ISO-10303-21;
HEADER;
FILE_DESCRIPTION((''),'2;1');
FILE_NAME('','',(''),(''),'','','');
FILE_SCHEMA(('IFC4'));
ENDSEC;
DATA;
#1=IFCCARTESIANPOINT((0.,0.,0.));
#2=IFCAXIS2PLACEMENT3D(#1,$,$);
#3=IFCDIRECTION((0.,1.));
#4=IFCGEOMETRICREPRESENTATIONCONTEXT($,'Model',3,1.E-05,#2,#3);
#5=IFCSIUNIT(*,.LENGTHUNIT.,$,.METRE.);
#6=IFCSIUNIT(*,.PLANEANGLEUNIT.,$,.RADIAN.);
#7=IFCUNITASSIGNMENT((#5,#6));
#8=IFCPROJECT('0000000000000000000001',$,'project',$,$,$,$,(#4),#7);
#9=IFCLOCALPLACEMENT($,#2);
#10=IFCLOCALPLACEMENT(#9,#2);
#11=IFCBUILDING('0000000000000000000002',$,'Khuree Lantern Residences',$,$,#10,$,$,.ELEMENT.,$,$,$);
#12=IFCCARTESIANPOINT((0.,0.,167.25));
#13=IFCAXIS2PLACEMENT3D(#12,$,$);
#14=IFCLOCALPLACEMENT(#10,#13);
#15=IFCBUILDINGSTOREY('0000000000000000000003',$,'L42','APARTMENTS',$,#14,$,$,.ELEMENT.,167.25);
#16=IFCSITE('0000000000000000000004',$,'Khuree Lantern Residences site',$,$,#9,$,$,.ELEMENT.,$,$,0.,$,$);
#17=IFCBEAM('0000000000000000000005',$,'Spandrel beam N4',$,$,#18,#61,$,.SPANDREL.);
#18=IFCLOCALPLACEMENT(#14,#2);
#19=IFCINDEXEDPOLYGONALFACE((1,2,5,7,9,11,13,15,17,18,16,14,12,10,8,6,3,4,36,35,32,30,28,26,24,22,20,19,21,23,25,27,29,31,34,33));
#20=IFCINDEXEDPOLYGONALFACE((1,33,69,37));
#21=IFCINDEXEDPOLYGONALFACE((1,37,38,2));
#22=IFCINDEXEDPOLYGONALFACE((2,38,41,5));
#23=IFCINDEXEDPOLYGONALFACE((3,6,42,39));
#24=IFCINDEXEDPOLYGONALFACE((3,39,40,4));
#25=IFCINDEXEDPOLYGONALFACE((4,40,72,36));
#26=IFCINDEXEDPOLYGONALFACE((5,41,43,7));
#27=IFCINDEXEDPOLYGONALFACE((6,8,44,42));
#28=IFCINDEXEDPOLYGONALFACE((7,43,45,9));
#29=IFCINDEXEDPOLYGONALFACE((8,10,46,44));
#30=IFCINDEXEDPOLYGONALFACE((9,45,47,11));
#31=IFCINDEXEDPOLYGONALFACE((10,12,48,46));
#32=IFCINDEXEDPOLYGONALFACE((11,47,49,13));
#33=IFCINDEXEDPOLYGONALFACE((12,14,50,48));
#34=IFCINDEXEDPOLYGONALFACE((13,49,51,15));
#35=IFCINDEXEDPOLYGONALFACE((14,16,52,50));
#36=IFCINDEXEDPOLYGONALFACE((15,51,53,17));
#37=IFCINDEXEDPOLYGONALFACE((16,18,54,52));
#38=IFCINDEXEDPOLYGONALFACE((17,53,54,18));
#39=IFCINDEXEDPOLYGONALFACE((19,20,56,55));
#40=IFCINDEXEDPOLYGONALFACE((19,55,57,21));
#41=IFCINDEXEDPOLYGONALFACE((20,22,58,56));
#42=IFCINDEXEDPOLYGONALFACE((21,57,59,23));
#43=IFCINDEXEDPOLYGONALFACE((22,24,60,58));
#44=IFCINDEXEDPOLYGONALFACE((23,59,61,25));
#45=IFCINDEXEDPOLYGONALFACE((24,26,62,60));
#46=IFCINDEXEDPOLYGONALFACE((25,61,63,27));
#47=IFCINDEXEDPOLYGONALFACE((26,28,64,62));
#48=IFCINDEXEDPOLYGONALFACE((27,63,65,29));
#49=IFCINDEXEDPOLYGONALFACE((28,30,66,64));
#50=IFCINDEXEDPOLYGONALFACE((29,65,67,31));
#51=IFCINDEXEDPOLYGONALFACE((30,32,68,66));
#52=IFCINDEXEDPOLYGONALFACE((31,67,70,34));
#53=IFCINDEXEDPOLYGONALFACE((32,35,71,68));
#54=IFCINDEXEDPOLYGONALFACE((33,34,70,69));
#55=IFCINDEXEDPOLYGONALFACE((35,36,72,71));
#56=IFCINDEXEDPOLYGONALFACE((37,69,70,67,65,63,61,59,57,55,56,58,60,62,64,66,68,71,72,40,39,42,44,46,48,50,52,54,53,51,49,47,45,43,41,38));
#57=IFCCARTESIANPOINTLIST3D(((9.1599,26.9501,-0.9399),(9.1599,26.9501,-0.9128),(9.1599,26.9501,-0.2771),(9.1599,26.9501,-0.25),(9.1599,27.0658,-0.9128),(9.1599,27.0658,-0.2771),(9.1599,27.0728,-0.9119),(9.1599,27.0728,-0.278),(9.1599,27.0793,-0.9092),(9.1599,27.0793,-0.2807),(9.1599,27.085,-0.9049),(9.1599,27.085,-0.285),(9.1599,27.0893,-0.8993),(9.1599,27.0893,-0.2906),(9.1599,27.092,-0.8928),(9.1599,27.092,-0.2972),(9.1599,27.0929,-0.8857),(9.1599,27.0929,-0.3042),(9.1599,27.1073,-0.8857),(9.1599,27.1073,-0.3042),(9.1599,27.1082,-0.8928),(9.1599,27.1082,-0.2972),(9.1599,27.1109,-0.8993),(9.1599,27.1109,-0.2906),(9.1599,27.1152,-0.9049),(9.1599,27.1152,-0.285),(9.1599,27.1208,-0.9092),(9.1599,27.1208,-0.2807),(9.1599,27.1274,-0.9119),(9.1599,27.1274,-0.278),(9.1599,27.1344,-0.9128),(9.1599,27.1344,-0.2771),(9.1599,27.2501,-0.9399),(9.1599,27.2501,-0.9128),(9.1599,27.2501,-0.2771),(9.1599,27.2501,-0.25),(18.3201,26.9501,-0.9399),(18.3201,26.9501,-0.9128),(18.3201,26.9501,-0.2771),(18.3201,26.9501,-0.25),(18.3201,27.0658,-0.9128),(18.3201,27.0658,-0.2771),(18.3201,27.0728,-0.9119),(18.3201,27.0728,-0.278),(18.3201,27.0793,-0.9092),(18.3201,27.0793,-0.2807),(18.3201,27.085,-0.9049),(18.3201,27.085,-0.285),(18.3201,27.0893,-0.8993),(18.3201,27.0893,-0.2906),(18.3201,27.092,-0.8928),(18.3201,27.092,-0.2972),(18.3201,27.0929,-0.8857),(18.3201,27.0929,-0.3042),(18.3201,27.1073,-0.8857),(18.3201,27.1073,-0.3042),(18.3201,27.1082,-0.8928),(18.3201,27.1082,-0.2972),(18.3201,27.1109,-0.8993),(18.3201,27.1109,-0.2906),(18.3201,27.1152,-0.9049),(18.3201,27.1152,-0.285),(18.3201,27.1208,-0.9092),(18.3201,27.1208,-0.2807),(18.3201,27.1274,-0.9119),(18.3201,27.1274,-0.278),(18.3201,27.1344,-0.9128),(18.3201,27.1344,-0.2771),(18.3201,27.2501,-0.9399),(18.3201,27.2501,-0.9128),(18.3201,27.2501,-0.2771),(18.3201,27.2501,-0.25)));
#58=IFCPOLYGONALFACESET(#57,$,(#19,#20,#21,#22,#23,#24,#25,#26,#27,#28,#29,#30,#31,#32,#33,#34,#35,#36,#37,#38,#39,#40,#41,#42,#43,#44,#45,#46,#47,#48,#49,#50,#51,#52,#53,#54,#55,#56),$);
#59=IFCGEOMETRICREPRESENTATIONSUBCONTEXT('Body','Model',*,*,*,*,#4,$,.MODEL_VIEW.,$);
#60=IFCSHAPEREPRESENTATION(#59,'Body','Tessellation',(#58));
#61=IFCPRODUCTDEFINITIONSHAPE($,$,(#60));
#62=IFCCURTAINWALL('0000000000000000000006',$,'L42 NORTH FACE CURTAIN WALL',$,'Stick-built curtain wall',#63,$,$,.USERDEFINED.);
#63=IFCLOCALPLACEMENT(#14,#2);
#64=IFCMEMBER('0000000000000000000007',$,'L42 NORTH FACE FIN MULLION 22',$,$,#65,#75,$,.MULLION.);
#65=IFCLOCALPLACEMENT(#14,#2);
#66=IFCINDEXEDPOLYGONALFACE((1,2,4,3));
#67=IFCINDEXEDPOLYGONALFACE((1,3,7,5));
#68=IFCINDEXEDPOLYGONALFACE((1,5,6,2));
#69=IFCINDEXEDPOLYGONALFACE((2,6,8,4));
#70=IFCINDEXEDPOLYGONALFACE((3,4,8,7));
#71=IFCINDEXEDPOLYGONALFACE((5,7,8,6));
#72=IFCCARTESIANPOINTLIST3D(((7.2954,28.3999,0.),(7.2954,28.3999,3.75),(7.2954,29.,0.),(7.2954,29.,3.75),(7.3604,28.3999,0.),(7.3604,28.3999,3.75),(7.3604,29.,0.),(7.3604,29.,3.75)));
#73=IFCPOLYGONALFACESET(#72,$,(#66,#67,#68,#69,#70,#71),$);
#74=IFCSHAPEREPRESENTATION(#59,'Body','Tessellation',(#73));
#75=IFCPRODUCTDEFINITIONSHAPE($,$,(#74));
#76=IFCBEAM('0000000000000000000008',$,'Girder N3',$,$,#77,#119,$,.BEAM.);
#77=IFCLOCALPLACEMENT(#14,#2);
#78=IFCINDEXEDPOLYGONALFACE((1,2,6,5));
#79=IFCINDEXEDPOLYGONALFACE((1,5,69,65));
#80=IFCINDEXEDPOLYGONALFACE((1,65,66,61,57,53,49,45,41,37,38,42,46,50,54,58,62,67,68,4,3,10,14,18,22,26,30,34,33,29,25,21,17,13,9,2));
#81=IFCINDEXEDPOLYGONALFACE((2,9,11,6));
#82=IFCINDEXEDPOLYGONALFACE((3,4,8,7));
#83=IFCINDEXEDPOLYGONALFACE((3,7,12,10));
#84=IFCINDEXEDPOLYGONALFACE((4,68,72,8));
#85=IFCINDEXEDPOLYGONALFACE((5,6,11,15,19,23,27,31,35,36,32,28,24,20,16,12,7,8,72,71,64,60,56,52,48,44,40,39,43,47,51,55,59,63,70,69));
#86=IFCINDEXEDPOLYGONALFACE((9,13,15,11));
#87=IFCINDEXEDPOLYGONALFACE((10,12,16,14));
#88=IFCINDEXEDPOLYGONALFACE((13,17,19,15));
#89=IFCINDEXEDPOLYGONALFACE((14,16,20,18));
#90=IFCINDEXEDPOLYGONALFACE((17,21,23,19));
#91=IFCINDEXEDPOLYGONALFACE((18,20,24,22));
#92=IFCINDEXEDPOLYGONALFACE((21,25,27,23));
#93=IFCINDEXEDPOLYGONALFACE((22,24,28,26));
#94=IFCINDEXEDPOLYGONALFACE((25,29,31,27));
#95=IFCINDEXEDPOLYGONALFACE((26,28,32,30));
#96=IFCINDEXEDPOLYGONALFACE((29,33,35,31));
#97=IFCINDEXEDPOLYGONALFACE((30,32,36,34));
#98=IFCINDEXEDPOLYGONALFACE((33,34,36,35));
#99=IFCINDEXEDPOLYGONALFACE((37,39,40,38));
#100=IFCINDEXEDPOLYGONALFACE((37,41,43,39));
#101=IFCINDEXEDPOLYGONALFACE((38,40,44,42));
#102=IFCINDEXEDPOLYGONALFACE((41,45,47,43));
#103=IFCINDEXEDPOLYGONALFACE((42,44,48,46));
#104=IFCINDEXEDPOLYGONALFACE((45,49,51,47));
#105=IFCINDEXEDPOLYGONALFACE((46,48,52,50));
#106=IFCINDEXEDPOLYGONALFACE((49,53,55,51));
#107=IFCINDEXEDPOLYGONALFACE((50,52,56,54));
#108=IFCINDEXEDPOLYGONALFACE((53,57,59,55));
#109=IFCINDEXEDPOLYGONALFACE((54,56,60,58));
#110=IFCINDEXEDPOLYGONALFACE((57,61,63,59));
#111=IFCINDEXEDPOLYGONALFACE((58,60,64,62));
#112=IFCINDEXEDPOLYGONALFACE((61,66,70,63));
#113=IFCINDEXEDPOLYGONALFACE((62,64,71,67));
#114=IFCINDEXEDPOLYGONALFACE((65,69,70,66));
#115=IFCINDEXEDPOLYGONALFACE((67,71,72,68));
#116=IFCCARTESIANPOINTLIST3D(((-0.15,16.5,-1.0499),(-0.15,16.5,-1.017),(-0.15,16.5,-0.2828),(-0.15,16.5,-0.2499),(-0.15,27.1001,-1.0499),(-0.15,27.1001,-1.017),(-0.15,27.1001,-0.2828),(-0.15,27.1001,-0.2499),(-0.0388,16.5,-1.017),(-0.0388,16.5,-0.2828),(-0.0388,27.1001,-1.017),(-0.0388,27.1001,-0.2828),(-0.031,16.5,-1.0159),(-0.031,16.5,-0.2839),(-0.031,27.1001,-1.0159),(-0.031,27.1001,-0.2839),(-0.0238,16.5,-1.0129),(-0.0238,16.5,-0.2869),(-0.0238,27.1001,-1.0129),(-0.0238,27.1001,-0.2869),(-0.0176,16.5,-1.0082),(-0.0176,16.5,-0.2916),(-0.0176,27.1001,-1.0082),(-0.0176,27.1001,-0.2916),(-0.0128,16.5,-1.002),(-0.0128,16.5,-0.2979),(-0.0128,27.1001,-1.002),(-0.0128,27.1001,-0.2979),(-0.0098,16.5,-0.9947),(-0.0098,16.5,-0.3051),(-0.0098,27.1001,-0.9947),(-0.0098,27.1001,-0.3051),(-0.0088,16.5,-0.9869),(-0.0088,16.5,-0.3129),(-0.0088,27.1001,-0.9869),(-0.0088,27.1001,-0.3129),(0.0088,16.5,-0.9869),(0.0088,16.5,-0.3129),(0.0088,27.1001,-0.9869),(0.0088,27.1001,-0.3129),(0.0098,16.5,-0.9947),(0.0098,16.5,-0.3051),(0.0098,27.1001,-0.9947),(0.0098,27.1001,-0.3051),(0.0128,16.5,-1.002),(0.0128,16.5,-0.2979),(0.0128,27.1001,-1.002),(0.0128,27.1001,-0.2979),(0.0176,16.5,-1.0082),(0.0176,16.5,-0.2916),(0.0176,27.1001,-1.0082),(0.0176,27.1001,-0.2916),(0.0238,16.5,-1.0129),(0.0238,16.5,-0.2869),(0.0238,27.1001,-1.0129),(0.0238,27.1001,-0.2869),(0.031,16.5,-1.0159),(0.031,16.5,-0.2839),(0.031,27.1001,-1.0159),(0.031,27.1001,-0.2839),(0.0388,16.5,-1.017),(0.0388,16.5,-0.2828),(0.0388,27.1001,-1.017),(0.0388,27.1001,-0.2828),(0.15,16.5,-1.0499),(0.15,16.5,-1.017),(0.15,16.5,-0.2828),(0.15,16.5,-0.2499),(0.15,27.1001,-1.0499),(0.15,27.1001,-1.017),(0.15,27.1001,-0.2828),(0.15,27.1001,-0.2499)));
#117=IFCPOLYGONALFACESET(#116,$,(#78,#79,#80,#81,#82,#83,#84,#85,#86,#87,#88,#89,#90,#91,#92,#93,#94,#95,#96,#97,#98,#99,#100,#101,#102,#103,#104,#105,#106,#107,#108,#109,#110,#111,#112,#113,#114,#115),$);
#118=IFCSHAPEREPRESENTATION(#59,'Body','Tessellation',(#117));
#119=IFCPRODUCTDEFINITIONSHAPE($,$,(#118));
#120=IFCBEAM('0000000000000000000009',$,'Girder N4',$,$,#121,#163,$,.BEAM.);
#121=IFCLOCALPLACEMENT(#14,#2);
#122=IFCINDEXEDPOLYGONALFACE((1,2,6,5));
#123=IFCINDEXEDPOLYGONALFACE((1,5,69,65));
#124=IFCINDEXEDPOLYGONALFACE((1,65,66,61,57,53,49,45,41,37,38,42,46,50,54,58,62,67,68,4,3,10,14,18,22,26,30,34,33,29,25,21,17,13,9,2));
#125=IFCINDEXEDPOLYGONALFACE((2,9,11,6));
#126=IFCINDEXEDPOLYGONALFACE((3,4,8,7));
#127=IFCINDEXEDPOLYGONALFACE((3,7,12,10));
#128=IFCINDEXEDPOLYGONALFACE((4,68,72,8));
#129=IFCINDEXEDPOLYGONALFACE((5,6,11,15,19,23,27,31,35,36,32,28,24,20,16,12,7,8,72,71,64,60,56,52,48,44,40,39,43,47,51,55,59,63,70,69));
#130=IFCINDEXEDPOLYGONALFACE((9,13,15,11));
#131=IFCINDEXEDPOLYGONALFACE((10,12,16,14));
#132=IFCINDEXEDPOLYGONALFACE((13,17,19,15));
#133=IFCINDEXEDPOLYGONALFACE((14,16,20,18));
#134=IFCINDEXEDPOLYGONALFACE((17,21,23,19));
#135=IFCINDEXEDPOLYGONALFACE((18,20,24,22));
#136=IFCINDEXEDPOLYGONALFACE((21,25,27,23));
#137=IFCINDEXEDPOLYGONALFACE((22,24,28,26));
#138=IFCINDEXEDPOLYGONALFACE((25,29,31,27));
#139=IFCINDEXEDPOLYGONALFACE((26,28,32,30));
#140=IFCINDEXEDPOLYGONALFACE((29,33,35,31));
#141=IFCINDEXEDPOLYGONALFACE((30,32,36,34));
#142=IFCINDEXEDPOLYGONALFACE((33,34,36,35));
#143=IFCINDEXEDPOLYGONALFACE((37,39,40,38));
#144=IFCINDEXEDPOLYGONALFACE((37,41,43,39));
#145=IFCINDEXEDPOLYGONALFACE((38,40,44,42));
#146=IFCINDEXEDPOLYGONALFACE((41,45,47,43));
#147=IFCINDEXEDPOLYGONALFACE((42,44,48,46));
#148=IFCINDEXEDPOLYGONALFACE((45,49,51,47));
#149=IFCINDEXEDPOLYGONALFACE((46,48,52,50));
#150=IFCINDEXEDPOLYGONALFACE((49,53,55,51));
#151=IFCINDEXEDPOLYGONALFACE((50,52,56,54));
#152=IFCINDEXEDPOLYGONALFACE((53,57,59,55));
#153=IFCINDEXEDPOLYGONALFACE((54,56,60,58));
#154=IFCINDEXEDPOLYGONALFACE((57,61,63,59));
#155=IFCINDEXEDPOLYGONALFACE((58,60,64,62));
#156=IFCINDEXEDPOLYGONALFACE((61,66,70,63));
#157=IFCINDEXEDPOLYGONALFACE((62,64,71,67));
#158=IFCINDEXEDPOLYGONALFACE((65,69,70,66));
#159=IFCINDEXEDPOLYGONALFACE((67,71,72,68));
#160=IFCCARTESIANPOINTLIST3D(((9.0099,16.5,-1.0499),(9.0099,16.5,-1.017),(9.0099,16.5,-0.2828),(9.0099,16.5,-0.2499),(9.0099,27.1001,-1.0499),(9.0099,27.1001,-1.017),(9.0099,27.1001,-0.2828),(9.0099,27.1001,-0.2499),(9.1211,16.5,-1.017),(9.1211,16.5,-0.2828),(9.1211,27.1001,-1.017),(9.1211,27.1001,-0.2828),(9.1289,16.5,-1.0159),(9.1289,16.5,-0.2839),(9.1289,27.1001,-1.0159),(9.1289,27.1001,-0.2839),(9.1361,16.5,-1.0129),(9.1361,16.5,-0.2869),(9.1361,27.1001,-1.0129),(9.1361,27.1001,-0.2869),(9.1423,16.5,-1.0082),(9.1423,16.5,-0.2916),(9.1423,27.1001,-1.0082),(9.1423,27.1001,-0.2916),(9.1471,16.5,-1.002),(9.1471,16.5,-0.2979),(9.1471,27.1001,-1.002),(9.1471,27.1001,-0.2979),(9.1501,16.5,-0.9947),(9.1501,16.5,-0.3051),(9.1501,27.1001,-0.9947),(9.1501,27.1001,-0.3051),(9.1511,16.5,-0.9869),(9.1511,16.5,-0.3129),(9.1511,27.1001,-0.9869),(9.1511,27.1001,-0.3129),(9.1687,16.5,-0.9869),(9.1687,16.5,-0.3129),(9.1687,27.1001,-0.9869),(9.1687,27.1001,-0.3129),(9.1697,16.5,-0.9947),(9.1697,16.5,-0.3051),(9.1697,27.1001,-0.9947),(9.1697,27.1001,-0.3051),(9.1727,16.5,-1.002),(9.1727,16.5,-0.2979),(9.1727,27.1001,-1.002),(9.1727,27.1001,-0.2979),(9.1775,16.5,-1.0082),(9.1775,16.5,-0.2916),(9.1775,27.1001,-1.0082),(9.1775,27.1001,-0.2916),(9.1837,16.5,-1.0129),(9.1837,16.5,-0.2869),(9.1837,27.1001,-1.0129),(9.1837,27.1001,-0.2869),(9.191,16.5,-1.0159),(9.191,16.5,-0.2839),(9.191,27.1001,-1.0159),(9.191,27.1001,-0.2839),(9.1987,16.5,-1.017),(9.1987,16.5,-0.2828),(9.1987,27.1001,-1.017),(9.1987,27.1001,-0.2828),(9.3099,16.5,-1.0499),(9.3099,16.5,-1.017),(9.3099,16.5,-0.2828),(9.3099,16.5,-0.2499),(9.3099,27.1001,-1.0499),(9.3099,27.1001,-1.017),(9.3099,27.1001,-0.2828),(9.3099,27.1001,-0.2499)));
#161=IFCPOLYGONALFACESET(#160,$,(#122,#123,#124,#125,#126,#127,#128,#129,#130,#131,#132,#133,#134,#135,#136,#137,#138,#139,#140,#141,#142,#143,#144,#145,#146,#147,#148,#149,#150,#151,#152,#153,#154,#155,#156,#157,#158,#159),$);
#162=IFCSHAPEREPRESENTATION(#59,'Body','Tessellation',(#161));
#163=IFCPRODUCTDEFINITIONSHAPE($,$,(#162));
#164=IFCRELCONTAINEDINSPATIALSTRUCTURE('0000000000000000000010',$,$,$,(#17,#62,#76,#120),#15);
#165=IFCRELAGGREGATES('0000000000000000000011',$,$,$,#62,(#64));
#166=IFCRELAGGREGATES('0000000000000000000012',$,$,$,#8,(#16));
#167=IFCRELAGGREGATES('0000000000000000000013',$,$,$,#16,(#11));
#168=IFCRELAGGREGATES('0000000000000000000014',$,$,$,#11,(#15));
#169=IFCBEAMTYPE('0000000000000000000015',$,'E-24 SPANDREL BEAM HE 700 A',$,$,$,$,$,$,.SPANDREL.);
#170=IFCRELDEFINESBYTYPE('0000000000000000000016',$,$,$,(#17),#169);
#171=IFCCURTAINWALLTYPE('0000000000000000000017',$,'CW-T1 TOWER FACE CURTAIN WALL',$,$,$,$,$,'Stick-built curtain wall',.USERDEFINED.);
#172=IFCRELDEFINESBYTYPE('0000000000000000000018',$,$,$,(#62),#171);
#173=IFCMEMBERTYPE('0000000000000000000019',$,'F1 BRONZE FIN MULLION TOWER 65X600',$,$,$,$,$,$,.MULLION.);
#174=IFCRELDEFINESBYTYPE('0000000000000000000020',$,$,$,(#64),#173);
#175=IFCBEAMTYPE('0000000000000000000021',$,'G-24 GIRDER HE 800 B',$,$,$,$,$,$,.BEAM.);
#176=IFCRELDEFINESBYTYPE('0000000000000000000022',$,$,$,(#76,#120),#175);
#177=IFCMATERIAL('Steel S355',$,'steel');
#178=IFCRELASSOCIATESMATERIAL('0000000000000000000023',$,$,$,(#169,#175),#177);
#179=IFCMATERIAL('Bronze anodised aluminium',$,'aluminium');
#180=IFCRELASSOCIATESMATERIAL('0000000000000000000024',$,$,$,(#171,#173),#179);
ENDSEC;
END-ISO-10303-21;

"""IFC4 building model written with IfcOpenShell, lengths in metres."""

from ifc_helpers import new_model, si_unit, direction, frame, origin, origin_2d, place, context, subcontext, project, spatial, rectangle, i_section, extrude, material, material_profile, profile_set, type_object, element, aggregate, save


model = new_model("IFC4")

# Units and contexts
model_context = context("Model", 3, precision=1e-05, world=origin(), true_north=direction((0.0, 1.0)))
body_context = subcontext(model_context, "Body", "Model", "MODEL_VIEW")
ifc_project = project(units=[si_unit("LENGTHUNIT", "METRE"), si_unit("PLANEANGLEUNIT", "RADIAN")], contexts=[model_context])

# Site, building, storey
site_placement = place(None, origin())
site = spatial("IfcSite", under=ifc_project, at=site_placement, Name="Khuree Lantern Residences site", CompositionType="ELEMENT", RefElevation=0.0)
building_placement = place(site_placement, origin())
building = spatial("IfcBuilding", under=site, at=building_placement, Name="Khuree Lantern Residences", CompositionType="ELEMENT")
storey_placement = place(building_placement, frame((0.0, 0.0, 167.25)))
storey = spatial("IfcBuildingStorey", under=building, at=storey_placement, Name="L42", Description="APARTMENTS", CompositionType="ELEMENT", Elevation=167.25)

# Beam
ifc_material_1 = material(Name="Steel S355", Category="steel")
ifc_material_profile_1 = material_profile(ifc_material_1, i_section(OverallWidth=0.3, OverallDepth=0.6899, WebThickness=0.0144, FlangeThickness=0.0271, FilletRadius=0.0271, at=origin_2d()), Name="HE 700 A")
ifc_profile_set_1 = profile_set([ifc_material_profile_1], Name="Steel S355")
beam_type_1 = type_object("IfcBeamType", Name="E-24 SPANDREL BEAM HE 700 A", PredefinedType="SPANDREL", material=ifc_profile_set_1)
beam_1_placement = place(storey_placement, frame((9.1599, 27.1001, -0.595), z_axis=(1.0, 0.0, 0.0), x_axis=(0.0, 1.0, 0.0)))
element("IfcBeam", 1, at=beam_1_placement, inside=storey, type_object=beam_type_1, Name="Spandrel beam N4", PredefinedType="SPANDREL", context=body_context, shape_type="SweptSolid", body=[
    extrude(i_section(OverallWidth=0.3, OverallDepth=0.6899, WebThickness=0.0144, FlangeThickness=0.0271, FilletRadius=0.0271, at=origin_2d()), origin(), (0.0, 0.0, 1.0), 9.1602),
])

# Curtain wall, member
ifc_material_2 = material(Name="Bronze anodised aluminium", Category="aluminium")
curtain_wall_type = type_object("IfcCurtainWallType", Name="CW-T1 TOWER FACE CURTAIN WALL", ElementType="Stick-built curtain wall", PredefinedType="USERDEFINED", material=ifc_material_2)
curtain_wall_placement = place(storey_placement, origin())
curtain_wall = element("IfcCurtainWall", 2, at=curtain_wall_placement, inside=storey, type_object=curtain_wall_type, Name="L42 NORTH FACE CURTAIN WALL", ObjectType="Stick-built curtain wall", PredefinedType="USERDEFINED")
ifc_material_profile_2 = material_profile(ifc_material_2, rectangle(XDim=0.0649, YDim=0.6001, at=origin_2d()), Name="F1 65X600")
ifc_profile_set_2 = profile_set([ifc_material_profile_2], Name="Bronze anodised aluminium")
member_type_1 = type_object("IfcMemberType", Name="F1 BRONZE FIN MULLION TOWER 65X600", PredefinedType="MULLION", material=ifc_profile_set_2)
member_1_placement = place(storey_placement, frame((7.3279, 28.7, 0.0), z_axis=(0.0, 0.0, 1.0), x_axis=(-1.0, 0.0, 0.0)))
member_1 = element("IfcMember", 3, at=member_1_placement, type_object=member_type_1, Name="L42 NORTH FACE FIN MULLION 22", PredefinedType="MULLION", context=body_context, shape_type="SweptSolid", body=[
    extrude(rectangle(XDim=0.0649, YDim=0.6001, at=origin_2d()), origin(), (0.0, 0.0, 1.0), 3.75),
])

# Beams
ifc_material_profile_3 = material_profile(ifc_material_1, i_section(OverallWidth=0.3, OverallDepth=0.8, WebThickness=0.0176, FlangeThickness=0.033, FilletRadius=0.03, at=origin_2d()), Name="HE 800 B")
ifc_profile_set_3 = profile_set([ifc_material_profile_3], Name="Steel S355")
beam_type_2 = type_object("IfcBeamType", Name="G-24 GIRDER HE 800 B", PredefinedType="BEAM", material=ifc_profile_set_3)
for number, where, z_axis, x_axis, name in (
    (4, (0.0, 27.1001, -0.6499), (0.0, -1.0, 0.0), (1.0, 0.0, 0.0), "Girder N3"),
    (5, (9.1599, 27.1001, -0.6499), (0.0, -1.0, 0.0), (1.0, 0.0, 0.0), "Girder N4"),
):
    element("IfcBeam", number, at=place(storey_placement, frame(where, z_axis=z_axis, x_axis=x_axis)), inside=storey, type_object=beam_type_2, Name=name, PredefinedType="BEAM", context=body_context, shape_type="SweptSolid", body=[
        extrude(i_section(OverallWidth=0.3, OverallDepth=0.8, WebThickness=0.0176, FlangeThickness=0.033, FilletRadius=0.03, at=origin_2d()), origin(), (0.0, 0.0, 1.0), 10.6001),
    ])

aggregate(curtain_wall, [member_1])

save(model, "model.ifc")
